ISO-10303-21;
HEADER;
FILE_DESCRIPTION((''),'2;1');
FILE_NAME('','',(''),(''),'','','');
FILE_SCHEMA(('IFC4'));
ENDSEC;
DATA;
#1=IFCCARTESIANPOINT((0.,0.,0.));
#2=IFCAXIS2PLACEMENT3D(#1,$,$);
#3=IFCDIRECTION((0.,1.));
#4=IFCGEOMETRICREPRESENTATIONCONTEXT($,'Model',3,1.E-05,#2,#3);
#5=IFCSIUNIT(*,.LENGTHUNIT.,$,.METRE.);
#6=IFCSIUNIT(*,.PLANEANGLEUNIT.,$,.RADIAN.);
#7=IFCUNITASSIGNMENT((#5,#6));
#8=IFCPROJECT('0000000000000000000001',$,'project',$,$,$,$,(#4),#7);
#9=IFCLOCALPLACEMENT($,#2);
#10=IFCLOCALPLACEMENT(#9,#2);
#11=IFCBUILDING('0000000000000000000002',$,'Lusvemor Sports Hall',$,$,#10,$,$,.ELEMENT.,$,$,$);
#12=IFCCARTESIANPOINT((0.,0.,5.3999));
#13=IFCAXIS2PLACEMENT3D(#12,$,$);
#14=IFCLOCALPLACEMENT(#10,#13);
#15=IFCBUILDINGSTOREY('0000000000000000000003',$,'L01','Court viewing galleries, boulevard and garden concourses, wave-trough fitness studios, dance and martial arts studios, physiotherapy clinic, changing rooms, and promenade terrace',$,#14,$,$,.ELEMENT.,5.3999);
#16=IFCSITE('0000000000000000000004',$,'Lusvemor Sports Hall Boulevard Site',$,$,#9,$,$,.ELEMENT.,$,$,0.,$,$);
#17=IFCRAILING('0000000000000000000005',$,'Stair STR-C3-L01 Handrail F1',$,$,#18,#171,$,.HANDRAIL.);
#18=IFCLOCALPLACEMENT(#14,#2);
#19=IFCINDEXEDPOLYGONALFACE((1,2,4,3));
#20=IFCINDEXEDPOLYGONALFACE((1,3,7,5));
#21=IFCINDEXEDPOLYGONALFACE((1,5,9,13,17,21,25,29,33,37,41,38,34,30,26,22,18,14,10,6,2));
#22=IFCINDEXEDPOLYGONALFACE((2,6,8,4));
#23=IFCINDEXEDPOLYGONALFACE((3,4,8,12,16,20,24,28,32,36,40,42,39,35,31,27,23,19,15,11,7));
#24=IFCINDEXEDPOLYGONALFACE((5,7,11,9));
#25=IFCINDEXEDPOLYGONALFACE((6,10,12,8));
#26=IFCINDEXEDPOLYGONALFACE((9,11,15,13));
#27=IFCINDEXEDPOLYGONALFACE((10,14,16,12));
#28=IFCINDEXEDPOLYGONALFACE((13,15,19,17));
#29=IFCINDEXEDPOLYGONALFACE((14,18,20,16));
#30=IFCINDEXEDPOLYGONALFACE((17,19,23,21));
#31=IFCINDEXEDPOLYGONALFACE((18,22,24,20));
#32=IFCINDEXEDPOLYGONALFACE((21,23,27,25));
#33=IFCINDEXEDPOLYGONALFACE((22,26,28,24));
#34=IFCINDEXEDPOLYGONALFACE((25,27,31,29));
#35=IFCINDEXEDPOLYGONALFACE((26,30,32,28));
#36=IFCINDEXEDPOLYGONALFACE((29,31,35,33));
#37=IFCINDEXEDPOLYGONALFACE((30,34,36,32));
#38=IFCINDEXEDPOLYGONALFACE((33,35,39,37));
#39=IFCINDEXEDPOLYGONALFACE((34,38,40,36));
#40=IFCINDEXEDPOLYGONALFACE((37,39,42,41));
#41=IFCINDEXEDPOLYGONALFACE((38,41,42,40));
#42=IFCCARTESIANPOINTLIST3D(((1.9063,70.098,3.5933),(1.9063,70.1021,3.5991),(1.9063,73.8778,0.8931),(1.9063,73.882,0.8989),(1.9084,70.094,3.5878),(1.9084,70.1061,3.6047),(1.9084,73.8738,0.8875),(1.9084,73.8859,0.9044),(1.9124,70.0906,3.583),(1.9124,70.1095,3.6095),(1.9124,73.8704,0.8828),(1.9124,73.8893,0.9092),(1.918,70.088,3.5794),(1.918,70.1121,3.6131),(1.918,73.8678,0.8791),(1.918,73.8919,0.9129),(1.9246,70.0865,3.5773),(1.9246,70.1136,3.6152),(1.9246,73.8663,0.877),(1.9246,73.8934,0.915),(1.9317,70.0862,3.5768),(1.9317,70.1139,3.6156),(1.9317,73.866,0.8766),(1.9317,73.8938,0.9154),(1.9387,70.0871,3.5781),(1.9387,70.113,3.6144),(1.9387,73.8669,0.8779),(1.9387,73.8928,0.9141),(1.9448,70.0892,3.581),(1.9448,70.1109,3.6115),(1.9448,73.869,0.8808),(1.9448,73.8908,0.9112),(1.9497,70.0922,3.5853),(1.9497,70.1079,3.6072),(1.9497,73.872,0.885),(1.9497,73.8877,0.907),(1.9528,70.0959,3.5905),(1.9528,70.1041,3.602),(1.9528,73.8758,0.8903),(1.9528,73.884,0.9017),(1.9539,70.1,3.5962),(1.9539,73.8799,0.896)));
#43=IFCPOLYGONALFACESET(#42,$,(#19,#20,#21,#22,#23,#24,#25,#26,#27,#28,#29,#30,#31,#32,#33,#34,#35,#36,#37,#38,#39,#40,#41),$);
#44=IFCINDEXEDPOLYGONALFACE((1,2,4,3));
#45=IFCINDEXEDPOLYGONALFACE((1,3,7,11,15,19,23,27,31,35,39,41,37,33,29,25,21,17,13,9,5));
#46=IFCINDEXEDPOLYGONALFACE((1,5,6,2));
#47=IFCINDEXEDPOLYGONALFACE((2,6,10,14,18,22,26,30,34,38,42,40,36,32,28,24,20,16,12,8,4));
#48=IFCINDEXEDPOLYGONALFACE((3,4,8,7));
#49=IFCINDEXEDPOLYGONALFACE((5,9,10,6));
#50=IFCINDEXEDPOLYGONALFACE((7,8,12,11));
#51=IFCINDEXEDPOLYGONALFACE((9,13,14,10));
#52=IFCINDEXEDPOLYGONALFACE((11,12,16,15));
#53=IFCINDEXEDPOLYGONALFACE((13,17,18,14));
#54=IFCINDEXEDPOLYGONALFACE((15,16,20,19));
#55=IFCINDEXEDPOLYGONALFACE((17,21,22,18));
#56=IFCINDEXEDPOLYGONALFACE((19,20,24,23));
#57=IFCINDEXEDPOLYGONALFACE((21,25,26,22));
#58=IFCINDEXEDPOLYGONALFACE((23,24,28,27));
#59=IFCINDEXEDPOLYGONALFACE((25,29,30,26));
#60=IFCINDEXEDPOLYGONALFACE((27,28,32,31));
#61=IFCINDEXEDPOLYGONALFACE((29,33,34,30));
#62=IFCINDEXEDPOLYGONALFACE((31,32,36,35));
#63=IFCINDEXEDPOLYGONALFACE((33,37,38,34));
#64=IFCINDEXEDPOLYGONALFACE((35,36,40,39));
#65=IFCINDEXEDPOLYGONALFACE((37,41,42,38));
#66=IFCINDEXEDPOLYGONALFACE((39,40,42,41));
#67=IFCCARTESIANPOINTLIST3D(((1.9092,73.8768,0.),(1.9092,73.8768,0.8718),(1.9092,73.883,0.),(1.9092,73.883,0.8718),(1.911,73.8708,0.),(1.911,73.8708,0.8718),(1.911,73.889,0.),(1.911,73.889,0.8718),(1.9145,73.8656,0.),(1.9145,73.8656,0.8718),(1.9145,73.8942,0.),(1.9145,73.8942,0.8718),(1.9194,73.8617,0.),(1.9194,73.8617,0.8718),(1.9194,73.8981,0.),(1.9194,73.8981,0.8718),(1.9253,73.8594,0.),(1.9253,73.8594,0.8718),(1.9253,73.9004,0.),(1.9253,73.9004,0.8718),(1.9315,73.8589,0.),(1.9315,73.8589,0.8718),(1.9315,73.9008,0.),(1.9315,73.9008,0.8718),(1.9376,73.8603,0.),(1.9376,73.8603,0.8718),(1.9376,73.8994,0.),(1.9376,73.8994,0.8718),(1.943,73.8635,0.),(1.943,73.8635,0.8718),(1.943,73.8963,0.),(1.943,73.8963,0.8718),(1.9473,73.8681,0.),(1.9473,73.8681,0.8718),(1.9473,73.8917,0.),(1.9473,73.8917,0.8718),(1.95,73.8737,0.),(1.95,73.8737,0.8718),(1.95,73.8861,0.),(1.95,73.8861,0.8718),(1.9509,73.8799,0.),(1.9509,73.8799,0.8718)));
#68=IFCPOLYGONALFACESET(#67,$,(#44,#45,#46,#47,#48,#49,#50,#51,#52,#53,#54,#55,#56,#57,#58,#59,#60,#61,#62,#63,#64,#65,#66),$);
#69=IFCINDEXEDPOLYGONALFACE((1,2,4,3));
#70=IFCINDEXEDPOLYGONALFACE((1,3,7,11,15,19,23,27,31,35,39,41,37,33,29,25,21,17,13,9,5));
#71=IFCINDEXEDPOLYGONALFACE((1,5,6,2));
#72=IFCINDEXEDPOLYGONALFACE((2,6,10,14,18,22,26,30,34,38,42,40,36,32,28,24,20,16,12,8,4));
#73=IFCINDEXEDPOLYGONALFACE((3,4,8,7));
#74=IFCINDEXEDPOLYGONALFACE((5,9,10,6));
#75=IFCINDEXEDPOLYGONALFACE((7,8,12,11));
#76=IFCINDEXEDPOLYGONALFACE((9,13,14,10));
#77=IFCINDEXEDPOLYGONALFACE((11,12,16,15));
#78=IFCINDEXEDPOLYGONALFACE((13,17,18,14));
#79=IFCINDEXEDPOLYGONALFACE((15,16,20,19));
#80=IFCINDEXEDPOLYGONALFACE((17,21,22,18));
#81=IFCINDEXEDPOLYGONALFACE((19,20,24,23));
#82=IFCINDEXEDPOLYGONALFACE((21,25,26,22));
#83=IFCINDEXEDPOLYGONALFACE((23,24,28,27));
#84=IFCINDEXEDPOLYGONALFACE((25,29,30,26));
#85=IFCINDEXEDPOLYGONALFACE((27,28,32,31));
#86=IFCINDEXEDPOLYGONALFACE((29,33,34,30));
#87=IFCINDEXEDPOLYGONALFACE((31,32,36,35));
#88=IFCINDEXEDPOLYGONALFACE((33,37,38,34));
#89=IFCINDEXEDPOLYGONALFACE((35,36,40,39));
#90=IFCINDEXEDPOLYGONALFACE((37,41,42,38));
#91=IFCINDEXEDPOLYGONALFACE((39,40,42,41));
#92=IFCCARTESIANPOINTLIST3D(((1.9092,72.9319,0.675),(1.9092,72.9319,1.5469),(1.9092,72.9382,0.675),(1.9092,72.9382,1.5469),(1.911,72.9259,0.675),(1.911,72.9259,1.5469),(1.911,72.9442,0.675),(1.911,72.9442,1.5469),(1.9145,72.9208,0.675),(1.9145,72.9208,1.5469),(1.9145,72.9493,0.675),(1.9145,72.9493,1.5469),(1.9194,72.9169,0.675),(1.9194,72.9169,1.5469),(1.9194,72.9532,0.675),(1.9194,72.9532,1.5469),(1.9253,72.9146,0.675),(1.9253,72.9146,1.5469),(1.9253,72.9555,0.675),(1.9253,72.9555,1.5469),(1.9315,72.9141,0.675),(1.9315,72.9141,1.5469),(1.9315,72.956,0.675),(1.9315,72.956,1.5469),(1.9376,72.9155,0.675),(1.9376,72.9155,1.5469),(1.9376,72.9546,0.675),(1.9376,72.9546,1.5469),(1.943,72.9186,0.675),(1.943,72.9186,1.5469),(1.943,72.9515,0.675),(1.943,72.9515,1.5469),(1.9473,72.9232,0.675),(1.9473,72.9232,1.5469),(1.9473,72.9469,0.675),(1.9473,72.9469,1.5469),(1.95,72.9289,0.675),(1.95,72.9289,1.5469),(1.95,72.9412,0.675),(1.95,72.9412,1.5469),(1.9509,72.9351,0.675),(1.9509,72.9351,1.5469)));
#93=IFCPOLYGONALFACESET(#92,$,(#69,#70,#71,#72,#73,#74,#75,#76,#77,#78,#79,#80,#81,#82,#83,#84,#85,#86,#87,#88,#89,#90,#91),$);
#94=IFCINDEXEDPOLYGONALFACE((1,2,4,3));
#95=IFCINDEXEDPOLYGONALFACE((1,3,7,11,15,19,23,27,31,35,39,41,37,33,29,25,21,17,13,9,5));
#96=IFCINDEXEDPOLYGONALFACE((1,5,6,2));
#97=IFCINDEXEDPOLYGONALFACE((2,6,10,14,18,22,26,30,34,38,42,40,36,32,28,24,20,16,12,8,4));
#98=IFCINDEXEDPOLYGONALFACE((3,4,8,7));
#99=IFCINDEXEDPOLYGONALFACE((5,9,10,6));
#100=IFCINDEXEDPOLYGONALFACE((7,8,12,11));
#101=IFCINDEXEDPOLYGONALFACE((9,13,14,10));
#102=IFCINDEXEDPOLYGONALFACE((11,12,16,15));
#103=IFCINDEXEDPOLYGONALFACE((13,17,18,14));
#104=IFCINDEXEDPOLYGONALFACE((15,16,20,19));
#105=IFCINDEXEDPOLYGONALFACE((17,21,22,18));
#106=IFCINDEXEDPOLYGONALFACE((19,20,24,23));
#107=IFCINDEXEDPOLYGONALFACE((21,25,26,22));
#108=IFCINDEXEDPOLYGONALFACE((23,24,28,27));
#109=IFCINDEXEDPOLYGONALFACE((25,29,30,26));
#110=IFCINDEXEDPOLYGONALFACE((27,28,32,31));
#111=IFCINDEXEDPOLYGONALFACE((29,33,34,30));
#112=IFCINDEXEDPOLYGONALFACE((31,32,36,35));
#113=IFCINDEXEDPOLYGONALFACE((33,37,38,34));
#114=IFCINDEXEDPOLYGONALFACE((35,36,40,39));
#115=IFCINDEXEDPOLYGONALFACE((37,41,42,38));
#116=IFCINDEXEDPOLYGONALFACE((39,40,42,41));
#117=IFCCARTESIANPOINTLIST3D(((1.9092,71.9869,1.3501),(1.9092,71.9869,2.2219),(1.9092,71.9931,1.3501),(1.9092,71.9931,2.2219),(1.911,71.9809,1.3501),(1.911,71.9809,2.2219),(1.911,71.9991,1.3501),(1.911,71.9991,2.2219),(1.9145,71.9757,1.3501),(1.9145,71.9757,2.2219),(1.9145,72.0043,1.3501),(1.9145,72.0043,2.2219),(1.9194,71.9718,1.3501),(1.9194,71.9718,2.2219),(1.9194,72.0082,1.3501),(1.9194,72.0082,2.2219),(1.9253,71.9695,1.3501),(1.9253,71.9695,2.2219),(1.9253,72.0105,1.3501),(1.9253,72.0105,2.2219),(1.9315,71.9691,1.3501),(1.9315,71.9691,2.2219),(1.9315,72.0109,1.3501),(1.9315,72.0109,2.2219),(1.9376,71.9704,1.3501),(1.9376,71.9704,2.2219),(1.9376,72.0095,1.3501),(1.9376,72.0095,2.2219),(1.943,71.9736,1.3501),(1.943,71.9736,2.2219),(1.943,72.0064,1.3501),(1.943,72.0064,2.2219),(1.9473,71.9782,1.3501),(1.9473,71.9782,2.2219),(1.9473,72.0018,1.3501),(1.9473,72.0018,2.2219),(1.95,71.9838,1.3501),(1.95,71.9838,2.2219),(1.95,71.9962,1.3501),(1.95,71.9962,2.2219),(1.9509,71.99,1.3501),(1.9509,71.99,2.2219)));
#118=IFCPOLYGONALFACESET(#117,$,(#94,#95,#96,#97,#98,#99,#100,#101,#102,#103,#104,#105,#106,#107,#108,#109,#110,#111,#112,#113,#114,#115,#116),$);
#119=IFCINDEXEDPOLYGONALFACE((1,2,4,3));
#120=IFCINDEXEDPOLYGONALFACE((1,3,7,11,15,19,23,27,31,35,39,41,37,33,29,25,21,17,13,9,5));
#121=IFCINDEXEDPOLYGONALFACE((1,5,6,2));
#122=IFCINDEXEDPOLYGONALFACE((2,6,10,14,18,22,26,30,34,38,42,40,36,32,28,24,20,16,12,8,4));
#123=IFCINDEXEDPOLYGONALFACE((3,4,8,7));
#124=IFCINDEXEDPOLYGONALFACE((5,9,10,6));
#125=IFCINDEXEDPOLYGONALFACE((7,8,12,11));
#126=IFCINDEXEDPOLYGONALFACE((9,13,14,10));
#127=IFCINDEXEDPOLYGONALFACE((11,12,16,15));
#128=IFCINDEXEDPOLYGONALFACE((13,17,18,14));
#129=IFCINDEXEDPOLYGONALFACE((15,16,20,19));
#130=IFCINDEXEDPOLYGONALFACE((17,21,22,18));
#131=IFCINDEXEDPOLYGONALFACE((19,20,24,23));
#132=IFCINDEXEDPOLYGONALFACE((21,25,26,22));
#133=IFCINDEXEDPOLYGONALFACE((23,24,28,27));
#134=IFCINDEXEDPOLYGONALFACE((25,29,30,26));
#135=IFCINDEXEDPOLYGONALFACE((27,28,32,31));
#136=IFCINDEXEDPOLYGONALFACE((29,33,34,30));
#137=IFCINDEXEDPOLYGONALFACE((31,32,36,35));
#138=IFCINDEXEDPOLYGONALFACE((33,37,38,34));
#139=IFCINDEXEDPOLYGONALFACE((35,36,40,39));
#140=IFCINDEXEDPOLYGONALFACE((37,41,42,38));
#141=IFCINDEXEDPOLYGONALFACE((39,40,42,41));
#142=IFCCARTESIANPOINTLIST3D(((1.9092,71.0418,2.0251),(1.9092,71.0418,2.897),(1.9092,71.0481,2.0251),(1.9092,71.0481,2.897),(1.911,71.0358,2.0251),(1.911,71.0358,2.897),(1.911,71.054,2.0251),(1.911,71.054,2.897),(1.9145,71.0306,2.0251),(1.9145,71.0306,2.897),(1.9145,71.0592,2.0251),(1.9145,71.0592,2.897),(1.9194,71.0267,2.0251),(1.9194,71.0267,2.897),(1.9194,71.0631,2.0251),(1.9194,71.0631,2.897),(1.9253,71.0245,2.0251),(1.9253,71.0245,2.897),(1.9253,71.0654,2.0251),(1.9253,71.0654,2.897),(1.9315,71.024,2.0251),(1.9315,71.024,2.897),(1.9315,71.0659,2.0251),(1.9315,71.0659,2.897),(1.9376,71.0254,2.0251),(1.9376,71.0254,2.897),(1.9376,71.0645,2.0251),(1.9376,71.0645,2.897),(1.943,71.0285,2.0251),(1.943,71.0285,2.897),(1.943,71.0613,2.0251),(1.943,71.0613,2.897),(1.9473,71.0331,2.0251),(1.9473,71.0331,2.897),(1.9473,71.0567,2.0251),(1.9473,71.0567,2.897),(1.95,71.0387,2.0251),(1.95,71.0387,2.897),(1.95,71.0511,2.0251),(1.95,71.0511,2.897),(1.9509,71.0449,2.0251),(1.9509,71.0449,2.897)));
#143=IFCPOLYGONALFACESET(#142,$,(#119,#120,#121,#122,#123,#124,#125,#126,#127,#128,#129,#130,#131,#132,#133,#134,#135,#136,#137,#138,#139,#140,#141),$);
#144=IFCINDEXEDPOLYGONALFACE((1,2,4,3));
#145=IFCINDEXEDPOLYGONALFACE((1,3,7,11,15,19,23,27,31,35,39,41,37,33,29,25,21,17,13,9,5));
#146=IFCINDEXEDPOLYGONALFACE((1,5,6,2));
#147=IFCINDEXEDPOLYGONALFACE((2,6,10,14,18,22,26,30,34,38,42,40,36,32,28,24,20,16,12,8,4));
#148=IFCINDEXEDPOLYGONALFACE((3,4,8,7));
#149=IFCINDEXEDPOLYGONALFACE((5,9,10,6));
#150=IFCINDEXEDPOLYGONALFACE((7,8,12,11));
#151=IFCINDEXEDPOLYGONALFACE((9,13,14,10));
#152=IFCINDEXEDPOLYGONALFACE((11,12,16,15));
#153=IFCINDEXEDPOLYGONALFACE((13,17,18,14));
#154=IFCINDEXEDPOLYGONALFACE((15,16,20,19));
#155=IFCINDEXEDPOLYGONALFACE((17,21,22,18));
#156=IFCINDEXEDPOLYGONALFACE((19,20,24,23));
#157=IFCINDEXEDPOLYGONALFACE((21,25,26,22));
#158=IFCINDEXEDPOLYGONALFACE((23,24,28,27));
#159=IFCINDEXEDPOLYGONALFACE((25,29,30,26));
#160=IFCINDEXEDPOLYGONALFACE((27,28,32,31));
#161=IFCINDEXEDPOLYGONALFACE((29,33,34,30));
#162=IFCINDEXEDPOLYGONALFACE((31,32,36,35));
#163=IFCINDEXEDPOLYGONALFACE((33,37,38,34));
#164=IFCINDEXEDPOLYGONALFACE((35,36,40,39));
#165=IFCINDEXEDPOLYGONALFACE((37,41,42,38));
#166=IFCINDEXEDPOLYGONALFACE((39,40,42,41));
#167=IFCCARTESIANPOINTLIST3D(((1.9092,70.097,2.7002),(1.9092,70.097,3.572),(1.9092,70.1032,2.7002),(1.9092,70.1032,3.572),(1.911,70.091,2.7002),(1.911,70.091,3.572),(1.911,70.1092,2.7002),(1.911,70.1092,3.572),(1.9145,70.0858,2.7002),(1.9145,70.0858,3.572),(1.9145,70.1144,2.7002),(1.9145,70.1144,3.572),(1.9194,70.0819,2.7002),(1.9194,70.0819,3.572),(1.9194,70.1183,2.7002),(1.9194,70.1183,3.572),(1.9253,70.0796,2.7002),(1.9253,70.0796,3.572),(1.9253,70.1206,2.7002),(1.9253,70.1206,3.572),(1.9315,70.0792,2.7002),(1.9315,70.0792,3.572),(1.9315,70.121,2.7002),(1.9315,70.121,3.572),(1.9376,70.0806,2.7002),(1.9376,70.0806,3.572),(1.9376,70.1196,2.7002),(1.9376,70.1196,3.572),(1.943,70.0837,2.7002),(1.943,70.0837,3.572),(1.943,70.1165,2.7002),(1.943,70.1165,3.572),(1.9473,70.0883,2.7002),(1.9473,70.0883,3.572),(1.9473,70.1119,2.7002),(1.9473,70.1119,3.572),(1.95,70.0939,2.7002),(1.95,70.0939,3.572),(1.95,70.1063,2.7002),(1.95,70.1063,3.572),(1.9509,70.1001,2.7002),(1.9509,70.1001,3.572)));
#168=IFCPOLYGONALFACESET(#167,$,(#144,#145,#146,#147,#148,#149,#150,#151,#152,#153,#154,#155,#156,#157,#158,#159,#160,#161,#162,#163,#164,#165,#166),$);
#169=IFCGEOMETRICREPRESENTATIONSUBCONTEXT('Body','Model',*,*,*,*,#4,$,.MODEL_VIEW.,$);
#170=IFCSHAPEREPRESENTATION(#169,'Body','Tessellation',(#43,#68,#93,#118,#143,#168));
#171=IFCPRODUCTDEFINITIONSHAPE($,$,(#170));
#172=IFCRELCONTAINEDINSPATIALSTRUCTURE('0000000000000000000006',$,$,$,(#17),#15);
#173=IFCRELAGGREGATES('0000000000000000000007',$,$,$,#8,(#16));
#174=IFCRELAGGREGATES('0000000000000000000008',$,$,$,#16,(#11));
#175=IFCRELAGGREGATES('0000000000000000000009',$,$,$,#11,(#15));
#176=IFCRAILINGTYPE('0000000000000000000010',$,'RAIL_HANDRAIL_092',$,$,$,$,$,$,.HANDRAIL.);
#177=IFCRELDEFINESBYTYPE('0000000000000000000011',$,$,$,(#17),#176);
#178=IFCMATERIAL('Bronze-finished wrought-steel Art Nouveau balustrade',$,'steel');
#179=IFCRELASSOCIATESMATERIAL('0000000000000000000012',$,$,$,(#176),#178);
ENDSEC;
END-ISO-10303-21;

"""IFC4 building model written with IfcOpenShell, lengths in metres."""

from ifc_helpers import new_model, si_unit, direction, frame, origin, origin_2d, place, context, subcontext, project, spatial, circle, extrude, material, type_object, element, save


model = new_model("IFC4")

# Units and contexts
model_context = context("Model", 3, precision=1e-05, world=origin(), true_north=direction((0.0, 1.0)))
body_context = subcontext(model_context, "Body", "Model", "MODEL_VIEW")
ifc_project = project(units=[si_unit("LENGTHUNIT", "METRE"), si_unit("PLANEANGLEUNIT", "RADIAN")], contexts=[model_context])

# Site, building, storey
site_placement = place(None, origin())
site = spatial("IfcSite", under=ifc_project, at=site_placement, Name="Lusvemor Sports Hall Boulevard Site", CompositionType="ELEMENT", RefElevation=0.0)
building_placement = place(site_placement, origin())
building = spatial("IfcBuilding", under=site, at=building_placement, Name="Lusvemor Sports Hall", CompositionType="ELEMENT")
storey_placement = place(building_placement, frame((0.0, 0.0, 5.3999)))
storey = spatial("IfcBuildingStorey", under=building, at=storey_placement, Name="L01", Description="Court viewing galleries, boulevard and garden concourses, wave-trough fitness studios, dance and martial arts studios, physiotherapy clinic, changing rooms, and promenade terrace", CompositionType="ELEMENT", Elevation=5.3999)

# Railing
ifc_material_1 = material(Name="Bronze-finished wrought-steel Art Nouveau balustrade", Category="steel")
railing_type_1 = type_object("IfcRailingType", Name="RAIL_HANDRAIL_092", PredefinedType="HANDRAIL", material=ifc_material_1)
railing_1_placement = place(storey_placement, frame((1.9299, 73.8799, 0.0)))
element("IfcRailing", 1, at=railing_1_placement, inside=storey, type_object=railing_type_1, Name="Stair STR-C3-L01 Handrail F1", PredefinedType="HANDRAIL", context=body_context, shape_type="SweptSolid", body=[
    extrude(circle(Radius=0.0239, at=origin_2d()), frame((0.0, 0.0, 0.896), z_axis=(0.0, -0.813698, 0.581288), x_axis=(1.0, 0.0, 0.0)), (0.0, 0.0, 1.0), 4.6453),
    extrude(circle(Radius=0.021, at=origin_2d()), origin(), (0.0, 0.0, 1.0), 0.8718),
    extrude(circle(Radius=0.021, at=origin_2d()), frame((0.0, -0.9448, 0.675)), (0.0, 0.0, 1.0), 0.8718),
    extrude(circle(Radius=0.021, at=origin_2d()), frame((0.0, -1.8899, 1.3501)), (0.0, 0.0, 1.0), 0.8718),
    extrude(circle(Radius=0.021, at=origin_2d()), frame((0.0, -2.835, 2.0251)), (0.0, 0.0, 1.0), 0.8718),
    extrude(circle(Radius=0.021, at=origin_2d()), frame((0.0, -3.7798, 2.7002)), (0.0, 0.0, 1.0), 0.8718),
])

save(model, "model.ifc")
